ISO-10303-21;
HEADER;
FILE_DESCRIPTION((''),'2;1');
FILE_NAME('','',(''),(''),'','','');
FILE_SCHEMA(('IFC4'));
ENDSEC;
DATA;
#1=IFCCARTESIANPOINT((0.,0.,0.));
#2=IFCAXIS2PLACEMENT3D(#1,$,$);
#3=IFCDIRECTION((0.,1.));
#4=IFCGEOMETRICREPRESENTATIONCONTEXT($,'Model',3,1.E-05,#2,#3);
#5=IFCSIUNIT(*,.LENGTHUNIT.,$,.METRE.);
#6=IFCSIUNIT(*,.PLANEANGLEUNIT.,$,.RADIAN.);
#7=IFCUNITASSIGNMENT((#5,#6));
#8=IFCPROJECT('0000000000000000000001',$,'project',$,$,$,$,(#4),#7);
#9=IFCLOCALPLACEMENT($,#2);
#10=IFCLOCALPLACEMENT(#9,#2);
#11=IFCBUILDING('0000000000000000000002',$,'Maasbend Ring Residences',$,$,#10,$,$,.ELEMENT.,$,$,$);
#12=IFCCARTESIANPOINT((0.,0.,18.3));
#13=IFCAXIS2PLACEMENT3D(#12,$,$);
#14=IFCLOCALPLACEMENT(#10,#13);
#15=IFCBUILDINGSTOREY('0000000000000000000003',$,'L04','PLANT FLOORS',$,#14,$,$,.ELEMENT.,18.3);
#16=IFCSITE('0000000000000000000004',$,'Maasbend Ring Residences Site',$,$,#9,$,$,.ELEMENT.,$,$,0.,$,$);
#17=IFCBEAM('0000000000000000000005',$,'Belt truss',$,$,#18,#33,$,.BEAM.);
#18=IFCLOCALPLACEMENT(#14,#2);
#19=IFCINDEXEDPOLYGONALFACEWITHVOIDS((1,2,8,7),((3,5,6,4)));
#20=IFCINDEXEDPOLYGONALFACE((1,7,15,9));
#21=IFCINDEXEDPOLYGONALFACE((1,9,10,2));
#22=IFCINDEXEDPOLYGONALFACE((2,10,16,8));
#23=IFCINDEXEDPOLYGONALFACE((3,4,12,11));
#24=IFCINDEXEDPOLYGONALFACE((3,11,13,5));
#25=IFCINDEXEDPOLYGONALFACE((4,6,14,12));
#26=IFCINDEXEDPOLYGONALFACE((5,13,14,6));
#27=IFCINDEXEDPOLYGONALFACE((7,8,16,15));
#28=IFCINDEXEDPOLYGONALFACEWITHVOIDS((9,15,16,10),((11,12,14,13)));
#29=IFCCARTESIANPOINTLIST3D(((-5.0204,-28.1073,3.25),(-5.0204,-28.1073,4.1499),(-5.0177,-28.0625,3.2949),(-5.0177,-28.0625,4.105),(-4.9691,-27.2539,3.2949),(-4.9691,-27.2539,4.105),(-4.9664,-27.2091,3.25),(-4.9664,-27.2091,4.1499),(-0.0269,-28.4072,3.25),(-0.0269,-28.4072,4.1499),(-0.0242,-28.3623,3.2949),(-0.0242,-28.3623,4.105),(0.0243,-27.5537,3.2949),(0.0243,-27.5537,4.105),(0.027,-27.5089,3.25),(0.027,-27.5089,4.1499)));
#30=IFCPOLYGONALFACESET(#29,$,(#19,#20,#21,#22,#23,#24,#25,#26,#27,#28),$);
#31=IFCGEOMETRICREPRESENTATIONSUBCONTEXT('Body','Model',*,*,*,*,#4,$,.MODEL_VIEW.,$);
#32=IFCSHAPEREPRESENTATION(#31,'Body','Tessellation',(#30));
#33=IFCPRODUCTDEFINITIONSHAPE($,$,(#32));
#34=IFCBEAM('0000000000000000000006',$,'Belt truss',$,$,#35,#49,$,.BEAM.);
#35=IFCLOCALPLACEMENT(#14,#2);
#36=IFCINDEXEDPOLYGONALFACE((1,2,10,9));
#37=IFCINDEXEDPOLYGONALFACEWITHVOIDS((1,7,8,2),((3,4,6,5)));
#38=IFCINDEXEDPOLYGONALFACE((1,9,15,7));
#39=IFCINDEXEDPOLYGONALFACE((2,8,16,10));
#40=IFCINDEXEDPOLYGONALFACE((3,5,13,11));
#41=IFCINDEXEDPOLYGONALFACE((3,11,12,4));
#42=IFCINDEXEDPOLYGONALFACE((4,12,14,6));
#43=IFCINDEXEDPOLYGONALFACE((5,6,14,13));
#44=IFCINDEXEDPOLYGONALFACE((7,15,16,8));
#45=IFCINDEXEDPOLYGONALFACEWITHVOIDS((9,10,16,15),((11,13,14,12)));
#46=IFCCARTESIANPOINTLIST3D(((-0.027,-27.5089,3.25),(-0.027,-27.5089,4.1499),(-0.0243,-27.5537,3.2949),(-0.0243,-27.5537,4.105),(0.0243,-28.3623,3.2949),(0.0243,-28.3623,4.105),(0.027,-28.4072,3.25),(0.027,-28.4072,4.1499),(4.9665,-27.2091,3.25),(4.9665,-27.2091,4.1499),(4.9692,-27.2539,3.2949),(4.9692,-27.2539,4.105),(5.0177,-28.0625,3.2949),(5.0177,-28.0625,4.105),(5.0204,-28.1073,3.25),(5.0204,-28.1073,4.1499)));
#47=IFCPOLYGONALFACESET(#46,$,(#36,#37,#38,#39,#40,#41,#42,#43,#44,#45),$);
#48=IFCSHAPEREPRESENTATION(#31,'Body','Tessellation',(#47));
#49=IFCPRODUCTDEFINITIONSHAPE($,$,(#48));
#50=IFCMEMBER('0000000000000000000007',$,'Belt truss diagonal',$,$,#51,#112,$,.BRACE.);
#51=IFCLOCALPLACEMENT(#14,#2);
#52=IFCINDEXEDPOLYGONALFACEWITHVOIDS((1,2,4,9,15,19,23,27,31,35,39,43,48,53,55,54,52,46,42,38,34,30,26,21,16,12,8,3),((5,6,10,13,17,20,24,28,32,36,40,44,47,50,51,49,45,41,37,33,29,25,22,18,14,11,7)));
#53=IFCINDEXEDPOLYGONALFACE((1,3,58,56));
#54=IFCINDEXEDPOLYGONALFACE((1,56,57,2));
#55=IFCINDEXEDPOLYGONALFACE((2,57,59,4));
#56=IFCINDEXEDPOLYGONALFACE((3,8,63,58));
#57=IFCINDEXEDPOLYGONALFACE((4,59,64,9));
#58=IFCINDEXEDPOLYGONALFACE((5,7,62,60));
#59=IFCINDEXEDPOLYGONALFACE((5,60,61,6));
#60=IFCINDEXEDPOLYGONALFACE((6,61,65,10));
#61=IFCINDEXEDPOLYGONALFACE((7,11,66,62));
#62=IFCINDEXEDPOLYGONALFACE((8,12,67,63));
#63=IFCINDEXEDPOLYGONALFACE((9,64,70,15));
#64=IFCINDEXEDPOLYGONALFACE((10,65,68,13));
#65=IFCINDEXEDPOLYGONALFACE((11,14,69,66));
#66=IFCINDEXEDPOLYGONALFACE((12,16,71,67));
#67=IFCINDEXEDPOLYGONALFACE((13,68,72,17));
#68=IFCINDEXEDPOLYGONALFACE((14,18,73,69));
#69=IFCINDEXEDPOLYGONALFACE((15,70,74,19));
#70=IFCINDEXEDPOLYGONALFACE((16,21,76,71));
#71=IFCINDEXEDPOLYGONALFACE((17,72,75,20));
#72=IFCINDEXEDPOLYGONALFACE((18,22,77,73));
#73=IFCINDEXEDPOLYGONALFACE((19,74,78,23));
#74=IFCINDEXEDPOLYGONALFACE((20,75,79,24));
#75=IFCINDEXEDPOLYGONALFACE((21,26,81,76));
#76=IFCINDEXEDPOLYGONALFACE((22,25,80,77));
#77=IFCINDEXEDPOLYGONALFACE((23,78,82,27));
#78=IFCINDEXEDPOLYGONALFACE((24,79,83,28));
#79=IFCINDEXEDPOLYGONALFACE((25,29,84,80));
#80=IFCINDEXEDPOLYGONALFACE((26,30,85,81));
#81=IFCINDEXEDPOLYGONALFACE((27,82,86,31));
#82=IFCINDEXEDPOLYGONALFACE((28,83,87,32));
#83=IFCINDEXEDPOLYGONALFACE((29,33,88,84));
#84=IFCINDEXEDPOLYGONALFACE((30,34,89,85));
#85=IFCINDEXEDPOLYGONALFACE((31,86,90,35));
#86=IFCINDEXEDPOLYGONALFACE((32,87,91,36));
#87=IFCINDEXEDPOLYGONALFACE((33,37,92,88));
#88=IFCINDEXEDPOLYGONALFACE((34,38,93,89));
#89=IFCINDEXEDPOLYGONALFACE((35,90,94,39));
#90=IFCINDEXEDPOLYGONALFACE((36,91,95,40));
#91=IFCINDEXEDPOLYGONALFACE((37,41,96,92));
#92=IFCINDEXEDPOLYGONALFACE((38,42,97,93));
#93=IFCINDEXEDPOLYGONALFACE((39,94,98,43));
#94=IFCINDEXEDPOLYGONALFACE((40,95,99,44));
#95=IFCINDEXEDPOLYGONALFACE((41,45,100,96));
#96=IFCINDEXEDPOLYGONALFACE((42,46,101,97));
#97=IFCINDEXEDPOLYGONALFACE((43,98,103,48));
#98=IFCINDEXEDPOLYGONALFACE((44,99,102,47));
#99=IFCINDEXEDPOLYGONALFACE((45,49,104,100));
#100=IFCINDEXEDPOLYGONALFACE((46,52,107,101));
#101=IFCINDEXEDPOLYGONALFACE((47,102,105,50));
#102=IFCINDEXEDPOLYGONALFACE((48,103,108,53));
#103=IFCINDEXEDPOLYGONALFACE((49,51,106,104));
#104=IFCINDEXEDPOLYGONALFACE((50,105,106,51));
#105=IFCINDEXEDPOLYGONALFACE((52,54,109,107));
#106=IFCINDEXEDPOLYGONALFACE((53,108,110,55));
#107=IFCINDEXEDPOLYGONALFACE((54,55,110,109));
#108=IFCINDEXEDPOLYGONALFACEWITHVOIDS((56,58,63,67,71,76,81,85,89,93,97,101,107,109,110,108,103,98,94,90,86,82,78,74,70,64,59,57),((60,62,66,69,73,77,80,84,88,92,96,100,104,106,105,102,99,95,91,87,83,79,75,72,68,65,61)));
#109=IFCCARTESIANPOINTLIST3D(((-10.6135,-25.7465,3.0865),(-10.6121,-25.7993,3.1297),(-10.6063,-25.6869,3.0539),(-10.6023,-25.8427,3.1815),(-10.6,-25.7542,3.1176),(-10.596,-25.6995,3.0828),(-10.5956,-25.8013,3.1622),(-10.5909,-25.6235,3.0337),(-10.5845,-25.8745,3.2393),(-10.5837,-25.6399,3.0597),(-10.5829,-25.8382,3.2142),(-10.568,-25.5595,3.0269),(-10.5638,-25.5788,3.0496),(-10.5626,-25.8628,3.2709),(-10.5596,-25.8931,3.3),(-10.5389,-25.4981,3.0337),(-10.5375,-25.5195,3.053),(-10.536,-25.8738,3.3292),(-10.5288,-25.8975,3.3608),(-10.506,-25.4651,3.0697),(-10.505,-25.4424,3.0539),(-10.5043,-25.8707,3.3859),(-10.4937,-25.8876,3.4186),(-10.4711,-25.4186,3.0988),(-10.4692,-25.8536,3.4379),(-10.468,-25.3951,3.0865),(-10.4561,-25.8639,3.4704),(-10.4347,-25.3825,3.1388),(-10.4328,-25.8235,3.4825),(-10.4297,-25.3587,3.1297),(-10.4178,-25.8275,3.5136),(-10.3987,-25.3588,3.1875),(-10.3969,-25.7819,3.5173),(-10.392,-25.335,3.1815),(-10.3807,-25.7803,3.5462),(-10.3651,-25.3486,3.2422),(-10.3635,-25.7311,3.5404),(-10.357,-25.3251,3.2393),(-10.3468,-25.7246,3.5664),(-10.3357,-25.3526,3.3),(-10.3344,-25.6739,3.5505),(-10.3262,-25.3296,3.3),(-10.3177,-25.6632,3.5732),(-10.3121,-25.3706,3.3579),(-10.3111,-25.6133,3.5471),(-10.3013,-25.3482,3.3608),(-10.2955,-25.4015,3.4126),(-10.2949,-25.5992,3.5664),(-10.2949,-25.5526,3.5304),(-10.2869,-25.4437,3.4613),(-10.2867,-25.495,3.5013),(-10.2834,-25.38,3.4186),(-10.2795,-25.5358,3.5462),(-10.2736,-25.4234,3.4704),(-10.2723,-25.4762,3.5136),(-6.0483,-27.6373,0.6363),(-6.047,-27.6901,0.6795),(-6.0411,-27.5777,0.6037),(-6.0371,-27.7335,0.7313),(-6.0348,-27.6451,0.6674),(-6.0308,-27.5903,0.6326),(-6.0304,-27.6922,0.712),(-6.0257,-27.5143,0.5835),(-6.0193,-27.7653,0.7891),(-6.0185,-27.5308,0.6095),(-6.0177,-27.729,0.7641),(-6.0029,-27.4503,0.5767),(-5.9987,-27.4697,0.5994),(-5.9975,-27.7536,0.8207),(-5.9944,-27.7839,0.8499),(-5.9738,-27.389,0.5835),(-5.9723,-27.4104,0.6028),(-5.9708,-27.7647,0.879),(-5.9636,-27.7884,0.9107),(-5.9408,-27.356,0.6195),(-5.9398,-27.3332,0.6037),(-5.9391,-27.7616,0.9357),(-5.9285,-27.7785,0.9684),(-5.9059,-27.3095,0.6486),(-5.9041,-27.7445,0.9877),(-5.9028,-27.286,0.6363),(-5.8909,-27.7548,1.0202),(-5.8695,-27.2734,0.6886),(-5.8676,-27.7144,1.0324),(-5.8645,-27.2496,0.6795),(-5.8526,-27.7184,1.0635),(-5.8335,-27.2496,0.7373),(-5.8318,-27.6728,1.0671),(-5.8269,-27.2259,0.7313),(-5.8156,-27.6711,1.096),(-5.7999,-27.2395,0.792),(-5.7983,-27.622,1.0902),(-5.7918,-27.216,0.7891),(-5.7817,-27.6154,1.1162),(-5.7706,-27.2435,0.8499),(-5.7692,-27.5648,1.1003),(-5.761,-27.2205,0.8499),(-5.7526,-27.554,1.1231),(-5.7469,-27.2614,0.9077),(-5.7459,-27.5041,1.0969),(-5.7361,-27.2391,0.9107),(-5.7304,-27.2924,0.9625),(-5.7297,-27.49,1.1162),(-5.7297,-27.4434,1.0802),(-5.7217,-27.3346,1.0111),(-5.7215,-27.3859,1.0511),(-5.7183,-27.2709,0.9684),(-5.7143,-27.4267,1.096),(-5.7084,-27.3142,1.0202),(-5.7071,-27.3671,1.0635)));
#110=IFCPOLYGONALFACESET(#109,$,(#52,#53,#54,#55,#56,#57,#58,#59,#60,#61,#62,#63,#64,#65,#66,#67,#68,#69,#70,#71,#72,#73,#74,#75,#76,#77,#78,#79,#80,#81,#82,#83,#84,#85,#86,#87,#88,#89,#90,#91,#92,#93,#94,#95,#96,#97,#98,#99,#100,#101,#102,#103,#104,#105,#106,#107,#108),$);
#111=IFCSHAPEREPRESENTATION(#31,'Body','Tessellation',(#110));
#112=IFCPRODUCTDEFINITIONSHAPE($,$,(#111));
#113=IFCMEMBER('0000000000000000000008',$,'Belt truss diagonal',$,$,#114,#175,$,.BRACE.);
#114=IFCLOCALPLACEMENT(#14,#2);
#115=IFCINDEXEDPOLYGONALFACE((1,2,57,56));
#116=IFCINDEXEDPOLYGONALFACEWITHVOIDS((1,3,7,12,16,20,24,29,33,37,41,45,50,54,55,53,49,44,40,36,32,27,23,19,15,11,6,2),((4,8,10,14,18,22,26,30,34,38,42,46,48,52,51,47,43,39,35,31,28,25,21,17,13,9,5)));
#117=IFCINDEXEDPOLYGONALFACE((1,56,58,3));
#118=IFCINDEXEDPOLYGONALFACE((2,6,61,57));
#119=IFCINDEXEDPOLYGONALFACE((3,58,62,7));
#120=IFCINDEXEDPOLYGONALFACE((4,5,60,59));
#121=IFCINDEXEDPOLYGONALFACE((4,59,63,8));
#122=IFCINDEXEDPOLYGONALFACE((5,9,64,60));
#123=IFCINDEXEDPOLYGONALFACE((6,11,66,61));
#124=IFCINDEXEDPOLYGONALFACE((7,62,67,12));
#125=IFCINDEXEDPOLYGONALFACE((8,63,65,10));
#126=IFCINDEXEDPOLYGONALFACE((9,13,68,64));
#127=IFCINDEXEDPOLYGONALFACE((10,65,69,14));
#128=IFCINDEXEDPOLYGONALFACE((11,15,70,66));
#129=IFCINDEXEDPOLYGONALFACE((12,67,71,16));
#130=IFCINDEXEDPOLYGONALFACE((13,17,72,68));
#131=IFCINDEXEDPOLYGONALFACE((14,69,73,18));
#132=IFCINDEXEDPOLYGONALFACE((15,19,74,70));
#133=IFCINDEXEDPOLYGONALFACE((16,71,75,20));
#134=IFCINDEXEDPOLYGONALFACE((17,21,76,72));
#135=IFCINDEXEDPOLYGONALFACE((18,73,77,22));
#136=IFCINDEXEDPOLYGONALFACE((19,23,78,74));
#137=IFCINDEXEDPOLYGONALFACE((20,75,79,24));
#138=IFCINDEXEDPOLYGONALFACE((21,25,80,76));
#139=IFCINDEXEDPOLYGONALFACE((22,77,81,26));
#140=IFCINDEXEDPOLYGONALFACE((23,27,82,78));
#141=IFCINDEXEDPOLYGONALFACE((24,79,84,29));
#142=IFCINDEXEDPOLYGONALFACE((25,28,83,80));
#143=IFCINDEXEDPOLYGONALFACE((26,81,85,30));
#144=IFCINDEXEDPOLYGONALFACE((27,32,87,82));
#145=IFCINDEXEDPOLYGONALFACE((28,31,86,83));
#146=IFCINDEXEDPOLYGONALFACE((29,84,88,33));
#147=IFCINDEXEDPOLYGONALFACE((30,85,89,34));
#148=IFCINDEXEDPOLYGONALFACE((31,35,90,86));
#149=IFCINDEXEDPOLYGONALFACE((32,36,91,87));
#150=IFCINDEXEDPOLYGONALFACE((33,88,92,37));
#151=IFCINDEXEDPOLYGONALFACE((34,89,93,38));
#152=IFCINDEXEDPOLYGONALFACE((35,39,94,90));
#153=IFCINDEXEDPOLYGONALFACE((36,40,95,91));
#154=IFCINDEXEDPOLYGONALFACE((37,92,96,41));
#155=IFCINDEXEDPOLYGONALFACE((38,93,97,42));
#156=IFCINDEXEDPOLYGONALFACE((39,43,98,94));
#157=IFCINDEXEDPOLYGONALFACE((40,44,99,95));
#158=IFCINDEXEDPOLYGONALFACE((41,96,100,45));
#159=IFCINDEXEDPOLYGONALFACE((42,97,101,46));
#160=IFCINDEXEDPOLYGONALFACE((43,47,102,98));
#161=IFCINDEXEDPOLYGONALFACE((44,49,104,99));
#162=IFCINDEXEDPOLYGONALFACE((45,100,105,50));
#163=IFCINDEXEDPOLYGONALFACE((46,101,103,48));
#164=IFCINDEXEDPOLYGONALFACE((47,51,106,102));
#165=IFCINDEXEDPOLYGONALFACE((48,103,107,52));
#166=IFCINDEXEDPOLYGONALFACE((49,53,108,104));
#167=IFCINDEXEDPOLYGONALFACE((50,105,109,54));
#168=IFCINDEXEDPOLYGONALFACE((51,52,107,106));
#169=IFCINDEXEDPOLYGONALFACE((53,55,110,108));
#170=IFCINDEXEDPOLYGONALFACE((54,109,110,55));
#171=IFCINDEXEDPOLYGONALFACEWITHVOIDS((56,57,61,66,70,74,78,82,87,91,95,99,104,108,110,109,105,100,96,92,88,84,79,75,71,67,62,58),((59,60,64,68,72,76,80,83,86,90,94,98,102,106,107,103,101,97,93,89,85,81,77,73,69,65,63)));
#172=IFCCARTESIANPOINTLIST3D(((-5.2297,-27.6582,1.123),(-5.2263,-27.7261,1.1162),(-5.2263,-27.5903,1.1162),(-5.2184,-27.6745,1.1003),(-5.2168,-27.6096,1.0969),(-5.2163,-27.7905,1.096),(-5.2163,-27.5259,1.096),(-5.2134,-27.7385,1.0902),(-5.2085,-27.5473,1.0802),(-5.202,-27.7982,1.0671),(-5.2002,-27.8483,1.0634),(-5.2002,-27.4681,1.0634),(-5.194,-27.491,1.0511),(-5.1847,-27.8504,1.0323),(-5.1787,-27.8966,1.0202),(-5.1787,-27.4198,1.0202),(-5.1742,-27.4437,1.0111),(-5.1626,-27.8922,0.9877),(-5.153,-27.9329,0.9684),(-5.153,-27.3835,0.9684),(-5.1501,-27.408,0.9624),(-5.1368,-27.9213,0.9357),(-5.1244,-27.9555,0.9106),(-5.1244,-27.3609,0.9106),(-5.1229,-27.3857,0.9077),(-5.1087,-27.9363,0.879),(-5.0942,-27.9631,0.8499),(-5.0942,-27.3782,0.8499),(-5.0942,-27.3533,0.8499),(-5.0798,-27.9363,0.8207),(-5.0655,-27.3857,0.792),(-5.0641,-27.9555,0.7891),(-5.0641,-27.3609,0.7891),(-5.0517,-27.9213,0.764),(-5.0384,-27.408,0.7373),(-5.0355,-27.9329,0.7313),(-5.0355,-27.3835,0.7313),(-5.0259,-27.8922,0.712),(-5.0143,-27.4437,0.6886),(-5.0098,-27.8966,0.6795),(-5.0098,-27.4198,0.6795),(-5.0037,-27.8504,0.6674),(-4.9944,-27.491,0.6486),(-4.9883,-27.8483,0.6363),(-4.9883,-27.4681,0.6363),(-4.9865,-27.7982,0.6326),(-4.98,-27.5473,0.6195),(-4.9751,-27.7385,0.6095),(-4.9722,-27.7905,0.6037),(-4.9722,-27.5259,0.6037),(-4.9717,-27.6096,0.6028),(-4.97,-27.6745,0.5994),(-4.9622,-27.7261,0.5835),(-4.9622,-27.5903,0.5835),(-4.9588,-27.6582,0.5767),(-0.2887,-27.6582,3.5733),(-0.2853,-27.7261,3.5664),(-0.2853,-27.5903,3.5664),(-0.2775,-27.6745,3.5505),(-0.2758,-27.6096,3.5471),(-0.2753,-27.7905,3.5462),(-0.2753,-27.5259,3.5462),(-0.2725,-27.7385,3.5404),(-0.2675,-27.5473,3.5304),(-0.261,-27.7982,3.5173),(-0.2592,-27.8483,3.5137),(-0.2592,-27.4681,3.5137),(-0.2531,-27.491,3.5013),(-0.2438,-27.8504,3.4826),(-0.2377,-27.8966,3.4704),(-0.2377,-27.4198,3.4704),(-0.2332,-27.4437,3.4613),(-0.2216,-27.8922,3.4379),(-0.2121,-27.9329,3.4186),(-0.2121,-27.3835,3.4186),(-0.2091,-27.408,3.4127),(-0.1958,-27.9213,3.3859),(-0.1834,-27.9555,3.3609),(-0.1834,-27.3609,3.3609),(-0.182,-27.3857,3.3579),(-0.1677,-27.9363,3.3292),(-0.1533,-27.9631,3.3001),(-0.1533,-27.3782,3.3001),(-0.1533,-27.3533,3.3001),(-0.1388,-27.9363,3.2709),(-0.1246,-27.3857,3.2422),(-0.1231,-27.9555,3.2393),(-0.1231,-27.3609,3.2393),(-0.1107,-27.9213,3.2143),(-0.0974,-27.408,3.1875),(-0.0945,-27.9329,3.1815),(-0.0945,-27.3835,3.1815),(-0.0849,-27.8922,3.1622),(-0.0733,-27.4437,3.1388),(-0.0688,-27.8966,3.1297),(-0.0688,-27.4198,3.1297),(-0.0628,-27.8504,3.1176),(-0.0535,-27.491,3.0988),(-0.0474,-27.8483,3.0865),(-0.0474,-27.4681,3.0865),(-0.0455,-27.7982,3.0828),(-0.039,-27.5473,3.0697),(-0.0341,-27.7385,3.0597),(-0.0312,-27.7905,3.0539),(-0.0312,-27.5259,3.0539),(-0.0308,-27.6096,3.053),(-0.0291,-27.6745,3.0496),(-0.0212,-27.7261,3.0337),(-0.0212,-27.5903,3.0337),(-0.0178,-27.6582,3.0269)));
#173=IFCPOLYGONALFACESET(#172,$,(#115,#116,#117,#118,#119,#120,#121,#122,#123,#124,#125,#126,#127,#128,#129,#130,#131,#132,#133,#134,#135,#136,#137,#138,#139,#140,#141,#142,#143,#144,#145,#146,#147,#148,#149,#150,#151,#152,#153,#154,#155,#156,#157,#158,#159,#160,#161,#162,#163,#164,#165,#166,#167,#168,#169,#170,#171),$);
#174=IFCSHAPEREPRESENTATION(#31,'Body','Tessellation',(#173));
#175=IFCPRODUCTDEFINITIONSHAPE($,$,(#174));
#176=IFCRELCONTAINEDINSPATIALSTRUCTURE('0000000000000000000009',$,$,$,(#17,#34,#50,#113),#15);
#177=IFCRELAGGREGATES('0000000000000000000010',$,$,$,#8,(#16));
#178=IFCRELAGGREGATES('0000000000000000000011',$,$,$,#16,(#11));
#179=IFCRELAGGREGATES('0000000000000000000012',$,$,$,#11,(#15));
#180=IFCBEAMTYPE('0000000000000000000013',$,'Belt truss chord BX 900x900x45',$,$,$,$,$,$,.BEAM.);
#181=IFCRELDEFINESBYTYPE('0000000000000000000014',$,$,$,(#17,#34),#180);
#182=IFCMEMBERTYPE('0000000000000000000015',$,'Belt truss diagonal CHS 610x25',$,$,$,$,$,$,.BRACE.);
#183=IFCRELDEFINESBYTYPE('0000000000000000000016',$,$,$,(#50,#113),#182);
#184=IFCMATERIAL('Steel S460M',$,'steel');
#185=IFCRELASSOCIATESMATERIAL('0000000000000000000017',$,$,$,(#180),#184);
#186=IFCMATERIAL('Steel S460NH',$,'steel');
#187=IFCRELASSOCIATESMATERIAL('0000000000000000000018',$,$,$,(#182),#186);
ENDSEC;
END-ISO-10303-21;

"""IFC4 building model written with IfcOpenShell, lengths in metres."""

from ifc_helpers import new_model, si_unit, direction, frame, origin, origin_2d, place, context, subcontext, project, spatial, hollow_rectangle, hollow_circle, extrude, material, material_profile, profile_set, type_object, element, save


model = new_model("IFC4")

# Units and contexts
model_context = context("Model", 3, precision=1e-05, world=origin(), true_north=direction((0.0, 1.0)))
body_context = subcontext(model_context, "Body", "Model", "MODEL_VIEW")
ifc_project = project(units=[si_unit("LENGTHUNIT", "METRE"), si_unit("PLANEANGLEUNIT", "RADIAN")], contexts=[model_context])

# Site, building, storey
site_placement = place(None, origin())
site = spatial("IfcSite", under=ifc_project, at=site_placement, Name="Maasbend Ring Residences Site", CompositionType="ELEMENT", RefElevation=0.0)
building_placement = place(site_placement, origin())
building = spatial("IfcBuilding", under=site, at=building_placement, Name="Maasbend Ring Residences", CompositionType="ELEMENT")
storey_placement = place(building_placement, frame((0.0, 0.0, 18.3)))
storey = spatial("IfcBuildingStorey", under=building, at=storey_placement, Name="L04", Description="PLANT FLOORS", CompositionType="ELEMENT", Elevation=18.3)

# Beams
ifc_material_1 = material(Name="Steel S460M", Category="steel")
ifc_material_profile_1 = material_profile(ifc_material_1, hollow_rectangle(XDim=0.8999, YDim=0.8999, WallThickness=0.0449, at=origin_2d()), Name="Belt truss chord BX 900x900x45")
ifc_profile_set_1 = profile_set([ifc_material_profile_1], Name="Steel S460M")
beam_type_1 = type_object("IfcBeamType", Name="Belt truss chord BX 900x900x45", PredefinedType="BEAM", material=ifc_profile_set_1)
for number, where, z_axis, x_axis, name in (
    (1, (-4.9934, -27.6582, 3.7), (0.998202, -0.059932, 0.0), (0.059932, 0.998202, 0.0), "Belt truss"),
    (2, (0.0, -27.958, 3.7), (0.998202, 0.059932, 0.0), (-0.059932, 0.998202, 0.0), "Belt truss"),
):
    element("IfcBeam", number, at=place(storey_placement, frame(where, z_axis=z_axis, x_axis=x_axis)), inside=storey, type_object=beam_type_1, Name=name, PredefinedType="BEAM", context=body_context, shape_type="SweptSolid", body=[
        extrude(hollow_rectangle(XDim=0.8999, YDim=0.8999, WallThickness=0.0449, at=origin_2d()), origin(), (0.0, 0.0, 1.0), 5.0024),
    ])

# Members
ifc_material_2 = material(Name="Steel S460NH", Category="steel")
ifc_material_profile_2 = material_profile(ifc_material_2, hollow_circle(Radius=0.3049, WallThickness=0.0249, at=origin_2d()), Name="Belt truss diagonal CHS 610x25")
ifc_profile_set_2 = profile_set([ifc_material_profile_2], Name="Steel S460NH")
member_type_1 = type_object("IfcMemberType", Name="Belt truss diagonal CHS 610x25", PredefinedType="BRACE", material=ifc_profile_set_2)
member_1_placement = place(storey_placement, frame((-10.4429, -25.6113, 3.3), z_axis=(0.827714, -0.342834, -0.444245), x_axis=(0.382667, 0.923886, 0.0)))
element("IfcMember", 3, at=member_1_placement, inside=storey, type_object=member_type_1, Name="Belt truss diagonal", PredefinedType="BRACE", context=body_context, shape_type="SweptSolid", body=[
    extrude(hollow_circle(Radius=0.3049, WallThickness=0.0249, at=origin_2d()), origin(), (0.0, 0.0, 1.0), 5.5154),
])
member_2_placement = place(storey_placement, frame((-5.0942, -27.6582, 0.8499), z_axis=(0.895892, 0.0, 0.444272), x_axis=(0.0, 1.0, 0.0)))
element("IfcMember", 4, at=member_2_placement, inside=storey, type_object=member_type_1, Name="Belt truss diagonal", PredefinedType="BRACE", context=body_context, shape_type="SweptSolid", body=[
    extrude(hollow_circle(Radius=0.3049, WallThickness=0.0249, at=origin_2d()), origin(), (0.0, 0.0, 1.0), 5.5151),
])

save(model, "model.ifc")
